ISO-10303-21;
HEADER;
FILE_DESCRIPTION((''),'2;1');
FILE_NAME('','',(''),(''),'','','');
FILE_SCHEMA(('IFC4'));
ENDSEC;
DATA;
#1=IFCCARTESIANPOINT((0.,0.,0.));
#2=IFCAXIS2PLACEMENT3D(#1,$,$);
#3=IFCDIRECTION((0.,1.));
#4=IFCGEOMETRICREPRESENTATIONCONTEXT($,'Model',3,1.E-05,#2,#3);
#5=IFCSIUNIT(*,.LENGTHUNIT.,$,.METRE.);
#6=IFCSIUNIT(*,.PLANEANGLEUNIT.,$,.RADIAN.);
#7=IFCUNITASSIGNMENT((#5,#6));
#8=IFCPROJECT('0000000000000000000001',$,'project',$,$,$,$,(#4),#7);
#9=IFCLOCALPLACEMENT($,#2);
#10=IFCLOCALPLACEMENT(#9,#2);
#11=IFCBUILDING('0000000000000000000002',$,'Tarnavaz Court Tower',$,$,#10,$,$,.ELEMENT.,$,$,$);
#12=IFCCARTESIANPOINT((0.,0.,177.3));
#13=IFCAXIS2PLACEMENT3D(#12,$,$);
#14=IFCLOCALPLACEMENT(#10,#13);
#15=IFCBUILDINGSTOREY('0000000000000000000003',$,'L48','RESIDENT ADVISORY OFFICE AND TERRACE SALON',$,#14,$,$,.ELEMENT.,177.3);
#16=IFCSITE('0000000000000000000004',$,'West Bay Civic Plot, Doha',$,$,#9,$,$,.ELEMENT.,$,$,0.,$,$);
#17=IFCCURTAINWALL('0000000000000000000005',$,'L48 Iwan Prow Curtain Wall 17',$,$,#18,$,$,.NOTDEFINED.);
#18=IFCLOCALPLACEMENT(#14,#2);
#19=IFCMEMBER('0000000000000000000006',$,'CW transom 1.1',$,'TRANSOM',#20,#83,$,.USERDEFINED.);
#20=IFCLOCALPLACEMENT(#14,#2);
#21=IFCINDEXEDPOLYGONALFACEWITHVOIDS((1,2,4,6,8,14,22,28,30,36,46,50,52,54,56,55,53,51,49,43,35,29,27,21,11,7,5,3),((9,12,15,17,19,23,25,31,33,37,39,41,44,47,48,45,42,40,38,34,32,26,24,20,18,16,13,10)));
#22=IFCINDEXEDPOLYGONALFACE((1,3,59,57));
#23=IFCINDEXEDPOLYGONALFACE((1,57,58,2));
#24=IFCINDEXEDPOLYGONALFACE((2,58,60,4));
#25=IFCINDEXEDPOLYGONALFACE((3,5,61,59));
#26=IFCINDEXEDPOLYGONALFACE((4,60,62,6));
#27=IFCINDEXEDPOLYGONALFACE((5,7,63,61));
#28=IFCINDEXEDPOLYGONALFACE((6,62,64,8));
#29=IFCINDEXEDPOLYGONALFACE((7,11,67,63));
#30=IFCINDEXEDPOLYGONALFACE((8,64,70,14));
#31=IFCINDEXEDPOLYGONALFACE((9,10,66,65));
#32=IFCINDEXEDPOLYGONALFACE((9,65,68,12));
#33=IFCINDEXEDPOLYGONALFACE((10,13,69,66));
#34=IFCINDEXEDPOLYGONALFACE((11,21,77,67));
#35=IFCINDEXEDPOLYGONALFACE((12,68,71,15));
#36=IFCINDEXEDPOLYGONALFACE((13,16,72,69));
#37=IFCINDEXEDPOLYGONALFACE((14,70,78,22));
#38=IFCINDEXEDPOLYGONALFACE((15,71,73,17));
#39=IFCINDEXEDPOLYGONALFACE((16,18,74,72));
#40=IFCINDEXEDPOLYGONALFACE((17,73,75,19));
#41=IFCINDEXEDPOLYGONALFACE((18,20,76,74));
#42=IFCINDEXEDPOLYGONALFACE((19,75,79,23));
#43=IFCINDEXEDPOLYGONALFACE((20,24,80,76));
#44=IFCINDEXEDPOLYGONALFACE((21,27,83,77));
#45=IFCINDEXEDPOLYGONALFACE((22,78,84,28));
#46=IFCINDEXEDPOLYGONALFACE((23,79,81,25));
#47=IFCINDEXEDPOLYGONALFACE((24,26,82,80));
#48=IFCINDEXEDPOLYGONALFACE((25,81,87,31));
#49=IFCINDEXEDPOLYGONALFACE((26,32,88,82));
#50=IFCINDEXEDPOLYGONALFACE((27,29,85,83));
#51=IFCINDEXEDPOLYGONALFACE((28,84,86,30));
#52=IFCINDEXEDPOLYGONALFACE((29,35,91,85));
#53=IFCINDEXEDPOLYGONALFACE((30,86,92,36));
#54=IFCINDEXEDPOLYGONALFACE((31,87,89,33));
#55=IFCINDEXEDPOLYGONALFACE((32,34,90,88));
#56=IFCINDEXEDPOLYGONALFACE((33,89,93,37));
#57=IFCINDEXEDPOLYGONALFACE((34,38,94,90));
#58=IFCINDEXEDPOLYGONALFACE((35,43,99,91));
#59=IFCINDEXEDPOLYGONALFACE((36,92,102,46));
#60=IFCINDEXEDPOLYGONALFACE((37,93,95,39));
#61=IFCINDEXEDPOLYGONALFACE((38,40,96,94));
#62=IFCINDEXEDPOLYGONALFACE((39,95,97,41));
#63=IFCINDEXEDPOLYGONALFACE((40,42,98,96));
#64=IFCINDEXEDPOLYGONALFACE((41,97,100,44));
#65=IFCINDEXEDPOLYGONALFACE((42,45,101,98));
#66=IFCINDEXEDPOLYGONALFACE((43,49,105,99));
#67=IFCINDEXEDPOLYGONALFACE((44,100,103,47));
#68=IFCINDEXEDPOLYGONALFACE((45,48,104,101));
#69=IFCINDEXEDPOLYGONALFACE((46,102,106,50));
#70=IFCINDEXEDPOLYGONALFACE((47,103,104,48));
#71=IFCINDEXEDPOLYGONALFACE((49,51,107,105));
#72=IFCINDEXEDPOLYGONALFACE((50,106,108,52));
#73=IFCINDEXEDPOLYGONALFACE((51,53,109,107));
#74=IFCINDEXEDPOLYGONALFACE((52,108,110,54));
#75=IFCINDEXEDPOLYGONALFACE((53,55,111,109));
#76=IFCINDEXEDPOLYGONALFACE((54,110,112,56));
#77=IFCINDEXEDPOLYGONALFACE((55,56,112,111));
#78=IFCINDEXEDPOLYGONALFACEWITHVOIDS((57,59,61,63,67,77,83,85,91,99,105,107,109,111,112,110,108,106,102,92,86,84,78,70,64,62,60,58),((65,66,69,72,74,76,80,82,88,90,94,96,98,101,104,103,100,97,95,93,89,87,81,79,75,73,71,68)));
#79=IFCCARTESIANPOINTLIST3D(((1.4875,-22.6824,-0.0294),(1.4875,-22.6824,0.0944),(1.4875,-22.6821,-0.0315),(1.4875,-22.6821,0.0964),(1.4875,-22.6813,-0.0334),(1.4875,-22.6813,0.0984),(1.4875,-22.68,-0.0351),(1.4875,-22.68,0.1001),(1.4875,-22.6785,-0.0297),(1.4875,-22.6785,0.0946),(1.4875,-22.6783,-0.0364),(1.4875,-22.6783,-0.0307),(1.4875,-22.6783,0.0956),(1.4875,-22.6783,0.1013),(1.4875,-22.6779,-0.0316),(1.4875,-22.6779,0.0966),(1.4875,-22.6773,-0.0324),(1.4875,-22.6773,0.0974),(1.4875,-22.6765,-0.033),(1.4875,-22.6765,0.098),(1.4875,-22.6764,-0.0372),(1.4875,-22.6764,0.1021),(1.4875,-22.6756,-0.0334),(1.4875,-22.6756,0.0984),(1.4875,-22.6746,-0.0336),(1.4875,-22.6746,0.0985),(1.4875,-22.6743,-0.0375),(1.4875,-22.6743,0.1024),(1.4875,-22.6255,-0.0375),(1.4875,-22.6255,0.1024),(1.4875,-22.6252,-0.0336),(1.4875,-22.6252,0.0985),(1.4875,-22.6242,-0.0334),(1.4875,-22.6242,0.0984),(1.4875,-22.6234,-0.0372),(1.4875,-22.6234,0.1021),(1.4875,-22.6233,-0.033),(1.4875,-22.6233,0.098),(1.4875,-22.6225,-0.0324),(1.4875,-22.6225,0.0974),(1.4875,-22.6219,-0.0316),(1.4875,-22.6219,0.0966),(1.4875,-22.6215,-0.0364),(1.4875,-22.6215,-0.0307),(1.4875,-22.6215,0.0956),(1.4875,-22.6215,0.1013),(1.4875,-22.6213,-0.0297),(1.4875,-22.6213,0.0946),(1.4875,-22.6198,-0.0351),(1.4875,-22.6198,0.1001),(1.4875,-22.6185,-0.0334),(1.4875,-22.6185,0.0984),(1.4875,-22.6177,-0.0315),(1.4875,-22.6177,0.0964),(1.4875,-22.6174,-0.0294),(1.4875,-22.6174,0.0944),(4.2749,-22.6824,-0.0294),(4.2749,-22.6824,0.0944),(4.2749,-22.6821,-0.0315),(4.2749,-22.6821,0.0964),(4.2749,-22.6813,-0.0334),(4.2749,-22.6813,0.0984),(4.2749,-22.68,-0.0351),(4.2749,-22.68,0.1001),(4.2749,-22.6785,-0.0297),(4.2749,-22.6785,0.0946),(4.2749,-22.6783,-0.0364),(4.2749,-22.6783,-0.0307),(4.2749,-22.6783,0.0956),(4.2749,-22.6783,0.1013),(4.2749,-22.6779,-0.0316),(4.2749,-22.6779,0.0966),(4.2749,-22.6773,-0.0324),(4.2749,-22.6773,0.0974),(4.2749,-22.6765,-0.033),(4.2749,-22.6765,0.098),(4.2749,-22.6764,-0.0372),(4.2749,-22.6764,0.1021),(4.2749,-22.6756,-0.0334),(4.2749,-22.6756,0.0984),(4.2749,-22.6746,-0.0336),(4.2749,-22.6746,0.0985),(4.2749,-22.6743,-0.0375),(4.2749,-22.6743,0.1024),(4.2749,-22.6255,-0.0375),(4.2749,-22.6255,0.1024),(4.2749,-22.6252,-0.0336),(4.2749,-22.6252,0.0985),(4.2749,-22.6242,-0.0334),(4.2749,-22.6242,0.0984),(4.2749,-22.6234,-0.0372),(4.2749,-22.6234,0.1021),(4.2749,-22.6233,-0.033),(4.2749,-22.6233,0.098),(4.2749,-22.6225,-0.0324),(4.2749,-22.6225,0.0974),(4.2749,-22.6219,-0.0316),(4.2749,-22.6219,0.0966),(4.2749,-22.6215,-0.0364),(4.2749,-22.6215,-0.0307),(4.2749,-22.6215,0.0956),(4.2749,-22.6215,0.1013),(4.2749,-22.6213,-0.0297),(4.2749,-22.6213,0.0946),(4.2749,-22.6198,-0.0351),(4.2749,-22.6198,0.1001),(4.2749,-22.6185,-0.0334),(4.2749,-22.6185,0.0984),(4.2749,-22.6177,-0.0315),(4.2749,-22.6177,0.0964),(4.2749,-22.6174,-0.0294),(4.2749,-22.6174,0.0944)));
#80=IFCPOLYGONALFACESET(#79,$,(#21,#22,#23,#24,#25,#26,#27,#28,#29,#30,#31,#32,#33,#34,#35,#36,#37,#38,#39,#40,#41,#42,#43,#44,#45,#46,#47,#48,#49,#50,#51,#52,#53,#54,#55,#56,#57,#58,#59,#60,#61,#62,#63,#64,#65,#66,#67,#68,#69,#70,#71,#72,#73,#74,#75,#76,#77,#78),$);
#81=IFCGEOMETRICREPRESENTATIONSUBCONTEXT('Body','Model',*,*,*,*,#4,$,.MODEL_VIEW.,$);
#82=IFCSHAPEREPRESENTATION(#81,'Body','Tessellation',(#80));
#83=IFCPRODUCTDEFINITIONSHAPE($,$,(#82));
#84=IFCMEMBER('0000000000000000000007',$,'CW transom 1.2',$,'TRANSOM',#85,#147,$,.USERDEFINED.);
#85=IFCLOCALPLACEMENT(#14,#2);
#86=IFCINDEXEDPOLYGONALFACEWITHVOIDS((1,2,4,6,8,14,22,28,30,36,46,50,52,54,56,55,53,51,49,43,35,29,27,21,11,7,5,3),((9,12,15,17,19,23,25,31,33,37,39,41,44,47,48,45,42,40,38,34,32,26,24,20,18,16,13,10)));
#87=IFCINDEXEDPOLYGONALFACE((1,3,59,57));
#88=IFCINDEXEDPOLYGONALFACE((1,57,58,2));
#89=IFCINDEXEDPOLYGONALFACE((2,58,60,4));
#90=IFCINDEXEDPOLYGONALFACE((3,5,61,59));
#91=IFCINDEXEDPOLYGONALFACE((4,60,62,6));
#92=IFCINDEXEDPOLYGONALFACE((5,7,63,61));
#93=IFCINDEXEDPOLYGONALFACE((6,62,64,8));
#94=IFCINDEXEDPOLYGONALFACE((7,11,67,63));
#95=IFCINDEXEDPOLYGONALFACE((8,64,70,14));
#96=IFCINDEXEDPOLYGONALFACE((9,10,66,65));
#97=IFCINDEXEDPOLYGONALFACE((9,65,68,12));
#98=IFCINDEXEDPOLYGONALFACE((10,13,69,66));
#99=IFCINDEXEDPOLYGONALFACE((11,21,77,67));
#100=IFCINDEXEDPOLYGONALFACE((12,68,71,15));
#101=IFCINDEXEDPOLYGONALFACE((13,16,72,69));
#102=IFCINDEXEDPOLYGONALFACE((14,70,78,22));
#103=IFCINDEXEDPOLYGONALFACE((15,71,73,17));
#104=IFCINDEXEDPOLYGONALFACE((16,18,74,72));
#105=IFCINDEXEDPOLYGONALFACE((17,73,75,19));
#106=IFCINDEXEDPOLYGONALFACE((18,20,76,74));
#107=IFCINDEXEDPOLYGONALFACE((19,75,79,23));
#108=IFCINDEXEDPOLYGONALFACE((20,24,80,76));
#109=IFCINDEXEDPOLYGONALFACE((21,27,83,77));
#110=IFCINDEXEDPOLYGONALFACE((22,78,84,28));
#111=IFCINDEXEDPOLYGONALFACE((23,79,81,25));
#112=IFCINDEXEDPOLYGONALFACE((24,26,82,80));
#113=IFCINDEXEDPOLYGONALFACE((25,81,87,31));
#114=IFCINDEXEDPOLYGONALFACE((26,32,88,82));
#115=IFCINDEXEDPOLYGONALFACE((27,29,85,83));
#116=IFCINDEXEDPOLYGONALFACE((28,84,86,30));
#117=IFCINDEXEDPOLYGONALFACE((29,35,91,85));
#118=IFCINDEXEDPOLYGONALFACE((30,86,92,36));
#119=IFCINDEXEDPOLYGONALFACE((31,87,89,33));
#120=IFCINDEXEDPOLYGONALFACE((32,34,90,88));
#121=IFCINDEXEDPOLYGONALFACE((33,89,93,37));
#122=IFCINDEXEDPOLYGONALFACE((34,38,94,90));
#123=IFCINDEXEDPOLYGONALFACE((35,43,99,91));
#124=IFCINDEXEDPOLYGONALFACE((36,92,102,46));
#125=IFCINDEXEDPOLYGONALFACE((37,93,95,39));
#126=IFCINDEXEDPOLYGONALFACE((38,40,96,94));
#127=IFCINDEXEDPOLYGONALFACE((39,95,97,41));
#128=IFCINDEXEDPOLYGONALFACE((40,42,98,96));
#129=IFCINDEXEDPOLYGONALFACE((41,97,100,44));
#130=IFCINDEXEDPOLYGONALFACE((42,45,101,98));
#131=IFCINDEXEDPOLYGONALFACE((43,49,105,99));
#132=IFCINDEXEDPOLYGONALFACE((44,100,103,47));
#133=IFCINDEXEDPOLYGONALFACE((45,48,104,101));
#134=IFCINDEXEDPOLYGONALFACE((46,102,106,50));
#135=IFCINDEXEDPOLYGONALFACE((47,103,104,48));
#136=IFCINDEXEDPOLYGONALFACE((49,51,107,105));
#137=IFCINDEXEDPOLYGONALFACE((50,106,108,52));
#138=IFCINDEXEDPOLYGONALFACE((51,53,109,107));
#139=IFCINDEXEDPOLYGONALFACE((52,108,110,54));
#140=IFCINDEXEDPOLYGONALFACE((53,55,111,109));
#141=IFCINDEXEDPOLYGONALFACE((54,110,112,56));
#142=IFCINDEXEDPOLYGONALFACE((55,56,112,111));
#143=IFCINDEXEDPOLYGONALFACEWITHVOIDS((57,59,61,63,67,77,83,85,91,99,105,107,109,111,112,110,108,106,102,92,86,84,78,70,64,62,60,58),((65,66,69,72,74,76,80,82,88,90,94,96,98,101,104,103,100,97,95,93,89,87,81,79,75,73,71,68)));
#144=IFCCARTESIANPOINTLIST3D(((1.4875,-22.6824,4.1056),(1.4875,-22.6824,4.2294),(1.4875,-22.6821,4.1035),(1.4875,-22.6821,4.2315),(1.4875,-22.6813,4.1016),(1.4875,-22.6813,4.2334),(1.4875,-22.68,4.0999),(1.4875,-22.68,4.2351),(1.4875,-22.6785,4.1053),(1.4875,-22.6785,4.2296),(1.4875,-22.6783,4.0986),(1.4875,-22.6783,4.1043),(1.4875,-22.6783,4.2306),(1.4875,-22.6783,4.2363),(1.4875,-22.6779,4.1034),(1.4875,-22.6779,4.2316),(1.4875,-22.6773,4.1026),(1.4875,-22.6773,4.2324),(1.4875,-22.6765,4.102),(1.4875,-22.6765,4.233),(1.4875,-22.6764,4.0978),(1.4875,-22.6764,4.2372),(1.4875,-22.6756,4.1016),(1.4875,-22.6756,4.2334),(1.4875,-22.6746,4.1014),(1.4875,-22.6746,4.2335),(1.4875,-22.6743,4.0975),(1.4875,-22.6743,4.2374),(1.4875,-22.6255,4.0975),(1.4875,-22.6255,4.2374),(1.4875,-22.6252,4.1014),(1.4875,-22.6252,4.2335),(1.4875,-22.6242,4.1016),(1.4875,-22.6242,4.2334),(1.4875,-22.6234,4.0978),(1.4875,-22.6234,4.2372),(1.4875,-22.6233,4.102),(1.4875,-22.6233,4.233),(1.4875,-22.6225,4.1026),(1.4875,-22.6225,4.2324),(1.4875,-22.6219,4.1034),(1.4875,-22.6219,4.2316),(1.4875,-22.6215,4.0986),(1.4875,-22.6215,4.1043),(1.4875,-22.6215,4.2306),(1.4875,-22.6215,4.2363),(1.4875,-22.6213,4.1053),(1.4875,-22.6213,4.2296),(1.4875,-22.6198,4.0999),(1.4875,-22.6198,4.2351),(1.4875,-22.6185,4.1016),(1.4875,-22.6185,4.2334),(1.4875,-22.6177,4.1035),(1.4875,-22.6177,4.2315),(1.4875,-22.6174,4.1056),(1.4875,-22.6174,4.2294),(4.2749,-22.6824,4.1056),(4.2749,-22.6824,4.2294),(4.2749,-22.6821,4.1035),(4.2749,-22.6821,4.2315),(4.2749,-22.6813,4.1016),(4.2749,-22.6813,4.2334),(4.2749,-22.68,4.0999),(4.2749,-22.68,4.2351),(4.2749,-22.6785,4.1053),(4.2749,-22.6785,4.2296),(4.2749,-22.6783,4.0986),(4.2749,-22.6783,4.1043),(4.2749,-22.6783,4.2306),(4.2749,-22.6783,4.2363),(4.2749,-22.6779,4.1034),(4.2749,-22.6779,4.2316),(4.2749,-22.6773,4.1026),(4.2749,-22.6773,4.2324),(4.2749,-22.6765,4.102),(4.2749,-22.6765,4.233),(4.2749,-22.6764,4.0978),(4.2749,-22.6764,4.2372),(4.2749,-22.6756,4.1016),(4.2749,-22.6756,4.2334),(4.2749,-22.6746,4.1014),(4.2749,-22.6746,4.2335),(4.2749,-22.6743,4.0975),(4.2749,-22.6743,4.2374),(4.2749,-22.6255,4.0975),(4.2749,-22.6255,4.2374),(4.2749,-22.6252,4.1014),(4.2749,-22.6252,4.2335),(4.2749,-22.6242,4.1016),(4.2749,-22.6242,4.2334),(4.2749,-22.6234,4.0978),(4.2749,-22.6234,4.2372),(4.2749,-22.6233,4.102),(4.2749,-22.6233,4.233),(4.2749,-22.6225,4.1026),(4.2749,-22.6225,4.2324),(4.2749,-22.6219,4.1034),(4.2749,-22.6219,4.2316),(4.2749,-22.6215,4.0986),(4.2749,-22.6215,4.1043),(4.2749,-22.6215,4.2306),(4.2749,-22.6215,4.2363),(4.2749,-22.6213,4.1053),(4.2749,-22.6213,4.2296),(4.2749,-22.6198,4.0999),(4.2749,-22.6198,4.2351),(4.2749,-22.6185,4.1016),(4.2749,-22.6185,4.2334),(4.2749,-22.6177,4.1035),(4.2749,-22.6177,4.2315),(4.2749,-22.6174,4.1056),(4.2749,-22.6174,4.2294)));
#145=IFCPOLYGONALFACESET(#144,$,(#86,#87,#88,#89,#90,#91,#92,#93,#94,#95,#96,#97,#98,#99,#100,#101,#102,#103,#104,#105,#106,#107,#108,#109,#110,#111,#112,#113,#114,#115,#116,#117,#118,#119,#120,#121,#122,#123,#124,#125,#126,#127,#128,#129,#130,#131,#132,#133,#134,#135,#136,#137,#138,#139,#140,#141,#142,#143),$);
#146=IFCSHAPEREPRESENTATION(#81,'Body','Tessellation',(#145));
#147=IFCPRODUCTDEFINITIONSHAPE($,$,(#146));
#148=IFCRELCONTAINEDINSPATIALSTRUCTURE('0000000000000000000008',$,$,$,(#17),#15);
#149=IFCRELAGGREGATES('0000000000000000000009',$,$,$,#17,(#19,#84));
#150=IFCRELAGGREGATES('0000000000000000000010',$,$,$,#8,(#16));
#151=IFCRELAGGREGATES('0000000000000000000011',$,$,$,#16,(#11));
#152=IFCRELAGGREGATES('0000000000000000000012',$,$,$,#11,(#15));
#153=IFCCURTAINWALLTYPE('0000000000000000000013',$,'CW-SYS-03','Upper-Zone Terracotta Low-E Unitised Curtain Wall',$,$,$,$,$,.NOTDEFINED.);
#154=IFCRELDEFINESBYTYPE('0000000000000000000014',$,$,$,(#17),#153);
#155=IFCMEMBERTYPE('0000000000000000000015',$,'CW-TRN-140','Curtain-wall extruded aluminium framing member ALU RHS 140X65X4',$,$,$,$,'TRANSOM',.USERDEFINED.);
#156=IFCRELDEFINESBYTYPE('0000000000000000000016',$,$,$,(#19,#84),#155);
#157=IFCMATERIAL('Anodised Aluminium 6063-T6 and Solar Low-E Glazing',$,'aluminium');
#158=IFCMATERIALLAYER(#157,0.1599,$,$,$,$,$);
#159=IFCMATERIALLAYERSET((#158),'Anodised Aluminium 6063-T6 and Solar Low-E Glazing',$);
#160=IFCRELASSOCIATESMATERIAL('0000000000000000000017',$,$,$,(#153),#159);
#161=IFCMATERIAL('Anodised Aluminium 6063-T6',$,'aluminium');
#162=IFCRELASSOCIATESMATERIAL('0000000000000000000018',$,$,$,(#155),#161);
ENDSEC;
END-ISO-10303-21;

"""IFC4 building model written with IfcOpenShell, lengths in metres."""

from ifc_helpers import new_model, si_unit, direction, frame, origin, origin_2d, place, context, subcontext, project, spatial, hollow_rectangle, extrude, material, layer, layer_set, material_profile, profile_set, type_object, element, aggregate, save


model = new_model("IFC4")

# Units and contexts
model_context = context("Model", 3, precision=1e-05, world=origin(), true_north=direction((0.0, 1.0)))
body_context = subcontext(model_context, "Body", "Model", "MODEL_VIEW")
ifc_project = project(units=[si_unit("LENGTHUNIT", "METRE"), si_unit("PLANEANGLEUNIT", "RADIAN")], contexts=[model_context])

# Site, building, storey
site_placement = place(None, origin())
site = spatial("IfcSite", under=ifc_project, at=site_placement, Name="West Bay Civic Plot, Doha", CompositionType="ELEMENT", RefElevation=0.0)
building_placement = place(site_placement, origin())
building = spatial("IfcBuilding", under=site, at=building_placement, Name="Tarnavaz Court Tower", CompositionType="ELEMENT")
storey_placement = place(building_placement, frame((0.0, 0.0, 177.3)))
storey = spatial("IfcBuildingStorey", under=building, at=storey_placement, Name="L48", Description="RESIDENT ADVISORY OFFICE AND TERRACE SALON", CompositionType="ELEMENT", Elevation=177.3)

# Shared definitions
ifc_material_1 = material(Name="Anodised Aluminium 6063-T6 and Solar Low-E Glazing", Category="aluminium")
ifc_material_2 = material(Name="Anodised Aluminium 6063-T6", Category="aluminium")

# Curtain wall
ifc_layer_1 = layer(ifc_material_1, 0.1599)
ifc_layer_set_1 = layer_set([ifc_layer_1], Name="Anodised Aluminium 6063-T6 and Solar Low-E Glazing")
curtain_wall_type_1 = type_object("IfcCurtainWallType", Name="CW-SYS-03", Description="Upper-Zone Terracotta Low-E Unitised Curtain Wall", PredefinedType="NOTDEFINED", material=ifc_layer_set_1)
curtain_wall_1_placement = place(storey_placement, origin())
curtain_wall_1 = element("IfcCurtainWall", 1, at=curtain_wall_1_placement, inside=storey, type_object=curtain_wall_type_1, Name="L48 Iwan Prow Curtain Wall 17", PredefinedType="NOTDEFINED")

# Members
ifc_material_profile_1 = material_profile(ifc_material_2, hollow_rectangle(XDim=0.0649, YDim=0.1399, WallThickness=0.0039, InnerFilletRadius=0.0039, OuterFilletRadius=0.0081, at=origin_2d()), Name="ALU RHS 140X65X4")
ifc_profile_set_1 = profile_set([ifc_material_profile_1], Name="Anodised Aluminium 6063-T6")
member_type_1 = type_object("IfcMemberType", Name="CW-TRN-140", Description="Curtain-wall extruded aluminium framing member ALU RHS 140X65X4", ElementType="TRANSOM", PredefinedType="USERDEFINED", material=ifc_profile_set_1)
member_1_placement = place(storey_placement, frame((4.2749, -22.6499, 0.0325), z_axis=(-1.0, 0.0, 0.0), x_axis=(0.0, -1.0, 0.0)))
member_1 = element("IfcMember", 2, at=member_1_placement, type_object=member_type_1, Name="CW transom 1.1", ObjectType="TRANSOM", PredefinedType="USERDEFINED", context=body_context, shape_type="SweptSolid", body=[
    extrude(hollow_rectangle(XDim=0.0649, YDim=0.1399, WallThickness=0.0039, InnerFilletRadius=0.0039, OuterFilletRadius=0.0081, at=origin_2d()), origin(), (0.0, 0.0, 1.0), 2.7874),
])
member_2_placement = place(storey_placement, frame((4.2749, -22.6499, 4.1675), z_axis=(-1.0, 0.0, 0.0), x_axis=(0.0, -1.0, 0.0)))
member_2 = element("IfcMember", 3, at=member_2_placement, type_object=member_type_1, Name="CW transom 1.2", ObjectType="TRANSOM", PredefinedType="USERDEFINED", context=body_context, shape_type="SweptSolid", body=[
    extrude(hollow_rectangle(XDim=0.0649, YDim=0.1399, WallThickness=0.0039, InnerFilletRadius=0.0039, OuterFilletRadius=0.0081, at=origin_2d()), origin(), (0.0, 0.0, 1.0), 2.7874),
])

aggregate(curtain_wall_1, [member_1, member_2])

save(model, "model.ifc")
